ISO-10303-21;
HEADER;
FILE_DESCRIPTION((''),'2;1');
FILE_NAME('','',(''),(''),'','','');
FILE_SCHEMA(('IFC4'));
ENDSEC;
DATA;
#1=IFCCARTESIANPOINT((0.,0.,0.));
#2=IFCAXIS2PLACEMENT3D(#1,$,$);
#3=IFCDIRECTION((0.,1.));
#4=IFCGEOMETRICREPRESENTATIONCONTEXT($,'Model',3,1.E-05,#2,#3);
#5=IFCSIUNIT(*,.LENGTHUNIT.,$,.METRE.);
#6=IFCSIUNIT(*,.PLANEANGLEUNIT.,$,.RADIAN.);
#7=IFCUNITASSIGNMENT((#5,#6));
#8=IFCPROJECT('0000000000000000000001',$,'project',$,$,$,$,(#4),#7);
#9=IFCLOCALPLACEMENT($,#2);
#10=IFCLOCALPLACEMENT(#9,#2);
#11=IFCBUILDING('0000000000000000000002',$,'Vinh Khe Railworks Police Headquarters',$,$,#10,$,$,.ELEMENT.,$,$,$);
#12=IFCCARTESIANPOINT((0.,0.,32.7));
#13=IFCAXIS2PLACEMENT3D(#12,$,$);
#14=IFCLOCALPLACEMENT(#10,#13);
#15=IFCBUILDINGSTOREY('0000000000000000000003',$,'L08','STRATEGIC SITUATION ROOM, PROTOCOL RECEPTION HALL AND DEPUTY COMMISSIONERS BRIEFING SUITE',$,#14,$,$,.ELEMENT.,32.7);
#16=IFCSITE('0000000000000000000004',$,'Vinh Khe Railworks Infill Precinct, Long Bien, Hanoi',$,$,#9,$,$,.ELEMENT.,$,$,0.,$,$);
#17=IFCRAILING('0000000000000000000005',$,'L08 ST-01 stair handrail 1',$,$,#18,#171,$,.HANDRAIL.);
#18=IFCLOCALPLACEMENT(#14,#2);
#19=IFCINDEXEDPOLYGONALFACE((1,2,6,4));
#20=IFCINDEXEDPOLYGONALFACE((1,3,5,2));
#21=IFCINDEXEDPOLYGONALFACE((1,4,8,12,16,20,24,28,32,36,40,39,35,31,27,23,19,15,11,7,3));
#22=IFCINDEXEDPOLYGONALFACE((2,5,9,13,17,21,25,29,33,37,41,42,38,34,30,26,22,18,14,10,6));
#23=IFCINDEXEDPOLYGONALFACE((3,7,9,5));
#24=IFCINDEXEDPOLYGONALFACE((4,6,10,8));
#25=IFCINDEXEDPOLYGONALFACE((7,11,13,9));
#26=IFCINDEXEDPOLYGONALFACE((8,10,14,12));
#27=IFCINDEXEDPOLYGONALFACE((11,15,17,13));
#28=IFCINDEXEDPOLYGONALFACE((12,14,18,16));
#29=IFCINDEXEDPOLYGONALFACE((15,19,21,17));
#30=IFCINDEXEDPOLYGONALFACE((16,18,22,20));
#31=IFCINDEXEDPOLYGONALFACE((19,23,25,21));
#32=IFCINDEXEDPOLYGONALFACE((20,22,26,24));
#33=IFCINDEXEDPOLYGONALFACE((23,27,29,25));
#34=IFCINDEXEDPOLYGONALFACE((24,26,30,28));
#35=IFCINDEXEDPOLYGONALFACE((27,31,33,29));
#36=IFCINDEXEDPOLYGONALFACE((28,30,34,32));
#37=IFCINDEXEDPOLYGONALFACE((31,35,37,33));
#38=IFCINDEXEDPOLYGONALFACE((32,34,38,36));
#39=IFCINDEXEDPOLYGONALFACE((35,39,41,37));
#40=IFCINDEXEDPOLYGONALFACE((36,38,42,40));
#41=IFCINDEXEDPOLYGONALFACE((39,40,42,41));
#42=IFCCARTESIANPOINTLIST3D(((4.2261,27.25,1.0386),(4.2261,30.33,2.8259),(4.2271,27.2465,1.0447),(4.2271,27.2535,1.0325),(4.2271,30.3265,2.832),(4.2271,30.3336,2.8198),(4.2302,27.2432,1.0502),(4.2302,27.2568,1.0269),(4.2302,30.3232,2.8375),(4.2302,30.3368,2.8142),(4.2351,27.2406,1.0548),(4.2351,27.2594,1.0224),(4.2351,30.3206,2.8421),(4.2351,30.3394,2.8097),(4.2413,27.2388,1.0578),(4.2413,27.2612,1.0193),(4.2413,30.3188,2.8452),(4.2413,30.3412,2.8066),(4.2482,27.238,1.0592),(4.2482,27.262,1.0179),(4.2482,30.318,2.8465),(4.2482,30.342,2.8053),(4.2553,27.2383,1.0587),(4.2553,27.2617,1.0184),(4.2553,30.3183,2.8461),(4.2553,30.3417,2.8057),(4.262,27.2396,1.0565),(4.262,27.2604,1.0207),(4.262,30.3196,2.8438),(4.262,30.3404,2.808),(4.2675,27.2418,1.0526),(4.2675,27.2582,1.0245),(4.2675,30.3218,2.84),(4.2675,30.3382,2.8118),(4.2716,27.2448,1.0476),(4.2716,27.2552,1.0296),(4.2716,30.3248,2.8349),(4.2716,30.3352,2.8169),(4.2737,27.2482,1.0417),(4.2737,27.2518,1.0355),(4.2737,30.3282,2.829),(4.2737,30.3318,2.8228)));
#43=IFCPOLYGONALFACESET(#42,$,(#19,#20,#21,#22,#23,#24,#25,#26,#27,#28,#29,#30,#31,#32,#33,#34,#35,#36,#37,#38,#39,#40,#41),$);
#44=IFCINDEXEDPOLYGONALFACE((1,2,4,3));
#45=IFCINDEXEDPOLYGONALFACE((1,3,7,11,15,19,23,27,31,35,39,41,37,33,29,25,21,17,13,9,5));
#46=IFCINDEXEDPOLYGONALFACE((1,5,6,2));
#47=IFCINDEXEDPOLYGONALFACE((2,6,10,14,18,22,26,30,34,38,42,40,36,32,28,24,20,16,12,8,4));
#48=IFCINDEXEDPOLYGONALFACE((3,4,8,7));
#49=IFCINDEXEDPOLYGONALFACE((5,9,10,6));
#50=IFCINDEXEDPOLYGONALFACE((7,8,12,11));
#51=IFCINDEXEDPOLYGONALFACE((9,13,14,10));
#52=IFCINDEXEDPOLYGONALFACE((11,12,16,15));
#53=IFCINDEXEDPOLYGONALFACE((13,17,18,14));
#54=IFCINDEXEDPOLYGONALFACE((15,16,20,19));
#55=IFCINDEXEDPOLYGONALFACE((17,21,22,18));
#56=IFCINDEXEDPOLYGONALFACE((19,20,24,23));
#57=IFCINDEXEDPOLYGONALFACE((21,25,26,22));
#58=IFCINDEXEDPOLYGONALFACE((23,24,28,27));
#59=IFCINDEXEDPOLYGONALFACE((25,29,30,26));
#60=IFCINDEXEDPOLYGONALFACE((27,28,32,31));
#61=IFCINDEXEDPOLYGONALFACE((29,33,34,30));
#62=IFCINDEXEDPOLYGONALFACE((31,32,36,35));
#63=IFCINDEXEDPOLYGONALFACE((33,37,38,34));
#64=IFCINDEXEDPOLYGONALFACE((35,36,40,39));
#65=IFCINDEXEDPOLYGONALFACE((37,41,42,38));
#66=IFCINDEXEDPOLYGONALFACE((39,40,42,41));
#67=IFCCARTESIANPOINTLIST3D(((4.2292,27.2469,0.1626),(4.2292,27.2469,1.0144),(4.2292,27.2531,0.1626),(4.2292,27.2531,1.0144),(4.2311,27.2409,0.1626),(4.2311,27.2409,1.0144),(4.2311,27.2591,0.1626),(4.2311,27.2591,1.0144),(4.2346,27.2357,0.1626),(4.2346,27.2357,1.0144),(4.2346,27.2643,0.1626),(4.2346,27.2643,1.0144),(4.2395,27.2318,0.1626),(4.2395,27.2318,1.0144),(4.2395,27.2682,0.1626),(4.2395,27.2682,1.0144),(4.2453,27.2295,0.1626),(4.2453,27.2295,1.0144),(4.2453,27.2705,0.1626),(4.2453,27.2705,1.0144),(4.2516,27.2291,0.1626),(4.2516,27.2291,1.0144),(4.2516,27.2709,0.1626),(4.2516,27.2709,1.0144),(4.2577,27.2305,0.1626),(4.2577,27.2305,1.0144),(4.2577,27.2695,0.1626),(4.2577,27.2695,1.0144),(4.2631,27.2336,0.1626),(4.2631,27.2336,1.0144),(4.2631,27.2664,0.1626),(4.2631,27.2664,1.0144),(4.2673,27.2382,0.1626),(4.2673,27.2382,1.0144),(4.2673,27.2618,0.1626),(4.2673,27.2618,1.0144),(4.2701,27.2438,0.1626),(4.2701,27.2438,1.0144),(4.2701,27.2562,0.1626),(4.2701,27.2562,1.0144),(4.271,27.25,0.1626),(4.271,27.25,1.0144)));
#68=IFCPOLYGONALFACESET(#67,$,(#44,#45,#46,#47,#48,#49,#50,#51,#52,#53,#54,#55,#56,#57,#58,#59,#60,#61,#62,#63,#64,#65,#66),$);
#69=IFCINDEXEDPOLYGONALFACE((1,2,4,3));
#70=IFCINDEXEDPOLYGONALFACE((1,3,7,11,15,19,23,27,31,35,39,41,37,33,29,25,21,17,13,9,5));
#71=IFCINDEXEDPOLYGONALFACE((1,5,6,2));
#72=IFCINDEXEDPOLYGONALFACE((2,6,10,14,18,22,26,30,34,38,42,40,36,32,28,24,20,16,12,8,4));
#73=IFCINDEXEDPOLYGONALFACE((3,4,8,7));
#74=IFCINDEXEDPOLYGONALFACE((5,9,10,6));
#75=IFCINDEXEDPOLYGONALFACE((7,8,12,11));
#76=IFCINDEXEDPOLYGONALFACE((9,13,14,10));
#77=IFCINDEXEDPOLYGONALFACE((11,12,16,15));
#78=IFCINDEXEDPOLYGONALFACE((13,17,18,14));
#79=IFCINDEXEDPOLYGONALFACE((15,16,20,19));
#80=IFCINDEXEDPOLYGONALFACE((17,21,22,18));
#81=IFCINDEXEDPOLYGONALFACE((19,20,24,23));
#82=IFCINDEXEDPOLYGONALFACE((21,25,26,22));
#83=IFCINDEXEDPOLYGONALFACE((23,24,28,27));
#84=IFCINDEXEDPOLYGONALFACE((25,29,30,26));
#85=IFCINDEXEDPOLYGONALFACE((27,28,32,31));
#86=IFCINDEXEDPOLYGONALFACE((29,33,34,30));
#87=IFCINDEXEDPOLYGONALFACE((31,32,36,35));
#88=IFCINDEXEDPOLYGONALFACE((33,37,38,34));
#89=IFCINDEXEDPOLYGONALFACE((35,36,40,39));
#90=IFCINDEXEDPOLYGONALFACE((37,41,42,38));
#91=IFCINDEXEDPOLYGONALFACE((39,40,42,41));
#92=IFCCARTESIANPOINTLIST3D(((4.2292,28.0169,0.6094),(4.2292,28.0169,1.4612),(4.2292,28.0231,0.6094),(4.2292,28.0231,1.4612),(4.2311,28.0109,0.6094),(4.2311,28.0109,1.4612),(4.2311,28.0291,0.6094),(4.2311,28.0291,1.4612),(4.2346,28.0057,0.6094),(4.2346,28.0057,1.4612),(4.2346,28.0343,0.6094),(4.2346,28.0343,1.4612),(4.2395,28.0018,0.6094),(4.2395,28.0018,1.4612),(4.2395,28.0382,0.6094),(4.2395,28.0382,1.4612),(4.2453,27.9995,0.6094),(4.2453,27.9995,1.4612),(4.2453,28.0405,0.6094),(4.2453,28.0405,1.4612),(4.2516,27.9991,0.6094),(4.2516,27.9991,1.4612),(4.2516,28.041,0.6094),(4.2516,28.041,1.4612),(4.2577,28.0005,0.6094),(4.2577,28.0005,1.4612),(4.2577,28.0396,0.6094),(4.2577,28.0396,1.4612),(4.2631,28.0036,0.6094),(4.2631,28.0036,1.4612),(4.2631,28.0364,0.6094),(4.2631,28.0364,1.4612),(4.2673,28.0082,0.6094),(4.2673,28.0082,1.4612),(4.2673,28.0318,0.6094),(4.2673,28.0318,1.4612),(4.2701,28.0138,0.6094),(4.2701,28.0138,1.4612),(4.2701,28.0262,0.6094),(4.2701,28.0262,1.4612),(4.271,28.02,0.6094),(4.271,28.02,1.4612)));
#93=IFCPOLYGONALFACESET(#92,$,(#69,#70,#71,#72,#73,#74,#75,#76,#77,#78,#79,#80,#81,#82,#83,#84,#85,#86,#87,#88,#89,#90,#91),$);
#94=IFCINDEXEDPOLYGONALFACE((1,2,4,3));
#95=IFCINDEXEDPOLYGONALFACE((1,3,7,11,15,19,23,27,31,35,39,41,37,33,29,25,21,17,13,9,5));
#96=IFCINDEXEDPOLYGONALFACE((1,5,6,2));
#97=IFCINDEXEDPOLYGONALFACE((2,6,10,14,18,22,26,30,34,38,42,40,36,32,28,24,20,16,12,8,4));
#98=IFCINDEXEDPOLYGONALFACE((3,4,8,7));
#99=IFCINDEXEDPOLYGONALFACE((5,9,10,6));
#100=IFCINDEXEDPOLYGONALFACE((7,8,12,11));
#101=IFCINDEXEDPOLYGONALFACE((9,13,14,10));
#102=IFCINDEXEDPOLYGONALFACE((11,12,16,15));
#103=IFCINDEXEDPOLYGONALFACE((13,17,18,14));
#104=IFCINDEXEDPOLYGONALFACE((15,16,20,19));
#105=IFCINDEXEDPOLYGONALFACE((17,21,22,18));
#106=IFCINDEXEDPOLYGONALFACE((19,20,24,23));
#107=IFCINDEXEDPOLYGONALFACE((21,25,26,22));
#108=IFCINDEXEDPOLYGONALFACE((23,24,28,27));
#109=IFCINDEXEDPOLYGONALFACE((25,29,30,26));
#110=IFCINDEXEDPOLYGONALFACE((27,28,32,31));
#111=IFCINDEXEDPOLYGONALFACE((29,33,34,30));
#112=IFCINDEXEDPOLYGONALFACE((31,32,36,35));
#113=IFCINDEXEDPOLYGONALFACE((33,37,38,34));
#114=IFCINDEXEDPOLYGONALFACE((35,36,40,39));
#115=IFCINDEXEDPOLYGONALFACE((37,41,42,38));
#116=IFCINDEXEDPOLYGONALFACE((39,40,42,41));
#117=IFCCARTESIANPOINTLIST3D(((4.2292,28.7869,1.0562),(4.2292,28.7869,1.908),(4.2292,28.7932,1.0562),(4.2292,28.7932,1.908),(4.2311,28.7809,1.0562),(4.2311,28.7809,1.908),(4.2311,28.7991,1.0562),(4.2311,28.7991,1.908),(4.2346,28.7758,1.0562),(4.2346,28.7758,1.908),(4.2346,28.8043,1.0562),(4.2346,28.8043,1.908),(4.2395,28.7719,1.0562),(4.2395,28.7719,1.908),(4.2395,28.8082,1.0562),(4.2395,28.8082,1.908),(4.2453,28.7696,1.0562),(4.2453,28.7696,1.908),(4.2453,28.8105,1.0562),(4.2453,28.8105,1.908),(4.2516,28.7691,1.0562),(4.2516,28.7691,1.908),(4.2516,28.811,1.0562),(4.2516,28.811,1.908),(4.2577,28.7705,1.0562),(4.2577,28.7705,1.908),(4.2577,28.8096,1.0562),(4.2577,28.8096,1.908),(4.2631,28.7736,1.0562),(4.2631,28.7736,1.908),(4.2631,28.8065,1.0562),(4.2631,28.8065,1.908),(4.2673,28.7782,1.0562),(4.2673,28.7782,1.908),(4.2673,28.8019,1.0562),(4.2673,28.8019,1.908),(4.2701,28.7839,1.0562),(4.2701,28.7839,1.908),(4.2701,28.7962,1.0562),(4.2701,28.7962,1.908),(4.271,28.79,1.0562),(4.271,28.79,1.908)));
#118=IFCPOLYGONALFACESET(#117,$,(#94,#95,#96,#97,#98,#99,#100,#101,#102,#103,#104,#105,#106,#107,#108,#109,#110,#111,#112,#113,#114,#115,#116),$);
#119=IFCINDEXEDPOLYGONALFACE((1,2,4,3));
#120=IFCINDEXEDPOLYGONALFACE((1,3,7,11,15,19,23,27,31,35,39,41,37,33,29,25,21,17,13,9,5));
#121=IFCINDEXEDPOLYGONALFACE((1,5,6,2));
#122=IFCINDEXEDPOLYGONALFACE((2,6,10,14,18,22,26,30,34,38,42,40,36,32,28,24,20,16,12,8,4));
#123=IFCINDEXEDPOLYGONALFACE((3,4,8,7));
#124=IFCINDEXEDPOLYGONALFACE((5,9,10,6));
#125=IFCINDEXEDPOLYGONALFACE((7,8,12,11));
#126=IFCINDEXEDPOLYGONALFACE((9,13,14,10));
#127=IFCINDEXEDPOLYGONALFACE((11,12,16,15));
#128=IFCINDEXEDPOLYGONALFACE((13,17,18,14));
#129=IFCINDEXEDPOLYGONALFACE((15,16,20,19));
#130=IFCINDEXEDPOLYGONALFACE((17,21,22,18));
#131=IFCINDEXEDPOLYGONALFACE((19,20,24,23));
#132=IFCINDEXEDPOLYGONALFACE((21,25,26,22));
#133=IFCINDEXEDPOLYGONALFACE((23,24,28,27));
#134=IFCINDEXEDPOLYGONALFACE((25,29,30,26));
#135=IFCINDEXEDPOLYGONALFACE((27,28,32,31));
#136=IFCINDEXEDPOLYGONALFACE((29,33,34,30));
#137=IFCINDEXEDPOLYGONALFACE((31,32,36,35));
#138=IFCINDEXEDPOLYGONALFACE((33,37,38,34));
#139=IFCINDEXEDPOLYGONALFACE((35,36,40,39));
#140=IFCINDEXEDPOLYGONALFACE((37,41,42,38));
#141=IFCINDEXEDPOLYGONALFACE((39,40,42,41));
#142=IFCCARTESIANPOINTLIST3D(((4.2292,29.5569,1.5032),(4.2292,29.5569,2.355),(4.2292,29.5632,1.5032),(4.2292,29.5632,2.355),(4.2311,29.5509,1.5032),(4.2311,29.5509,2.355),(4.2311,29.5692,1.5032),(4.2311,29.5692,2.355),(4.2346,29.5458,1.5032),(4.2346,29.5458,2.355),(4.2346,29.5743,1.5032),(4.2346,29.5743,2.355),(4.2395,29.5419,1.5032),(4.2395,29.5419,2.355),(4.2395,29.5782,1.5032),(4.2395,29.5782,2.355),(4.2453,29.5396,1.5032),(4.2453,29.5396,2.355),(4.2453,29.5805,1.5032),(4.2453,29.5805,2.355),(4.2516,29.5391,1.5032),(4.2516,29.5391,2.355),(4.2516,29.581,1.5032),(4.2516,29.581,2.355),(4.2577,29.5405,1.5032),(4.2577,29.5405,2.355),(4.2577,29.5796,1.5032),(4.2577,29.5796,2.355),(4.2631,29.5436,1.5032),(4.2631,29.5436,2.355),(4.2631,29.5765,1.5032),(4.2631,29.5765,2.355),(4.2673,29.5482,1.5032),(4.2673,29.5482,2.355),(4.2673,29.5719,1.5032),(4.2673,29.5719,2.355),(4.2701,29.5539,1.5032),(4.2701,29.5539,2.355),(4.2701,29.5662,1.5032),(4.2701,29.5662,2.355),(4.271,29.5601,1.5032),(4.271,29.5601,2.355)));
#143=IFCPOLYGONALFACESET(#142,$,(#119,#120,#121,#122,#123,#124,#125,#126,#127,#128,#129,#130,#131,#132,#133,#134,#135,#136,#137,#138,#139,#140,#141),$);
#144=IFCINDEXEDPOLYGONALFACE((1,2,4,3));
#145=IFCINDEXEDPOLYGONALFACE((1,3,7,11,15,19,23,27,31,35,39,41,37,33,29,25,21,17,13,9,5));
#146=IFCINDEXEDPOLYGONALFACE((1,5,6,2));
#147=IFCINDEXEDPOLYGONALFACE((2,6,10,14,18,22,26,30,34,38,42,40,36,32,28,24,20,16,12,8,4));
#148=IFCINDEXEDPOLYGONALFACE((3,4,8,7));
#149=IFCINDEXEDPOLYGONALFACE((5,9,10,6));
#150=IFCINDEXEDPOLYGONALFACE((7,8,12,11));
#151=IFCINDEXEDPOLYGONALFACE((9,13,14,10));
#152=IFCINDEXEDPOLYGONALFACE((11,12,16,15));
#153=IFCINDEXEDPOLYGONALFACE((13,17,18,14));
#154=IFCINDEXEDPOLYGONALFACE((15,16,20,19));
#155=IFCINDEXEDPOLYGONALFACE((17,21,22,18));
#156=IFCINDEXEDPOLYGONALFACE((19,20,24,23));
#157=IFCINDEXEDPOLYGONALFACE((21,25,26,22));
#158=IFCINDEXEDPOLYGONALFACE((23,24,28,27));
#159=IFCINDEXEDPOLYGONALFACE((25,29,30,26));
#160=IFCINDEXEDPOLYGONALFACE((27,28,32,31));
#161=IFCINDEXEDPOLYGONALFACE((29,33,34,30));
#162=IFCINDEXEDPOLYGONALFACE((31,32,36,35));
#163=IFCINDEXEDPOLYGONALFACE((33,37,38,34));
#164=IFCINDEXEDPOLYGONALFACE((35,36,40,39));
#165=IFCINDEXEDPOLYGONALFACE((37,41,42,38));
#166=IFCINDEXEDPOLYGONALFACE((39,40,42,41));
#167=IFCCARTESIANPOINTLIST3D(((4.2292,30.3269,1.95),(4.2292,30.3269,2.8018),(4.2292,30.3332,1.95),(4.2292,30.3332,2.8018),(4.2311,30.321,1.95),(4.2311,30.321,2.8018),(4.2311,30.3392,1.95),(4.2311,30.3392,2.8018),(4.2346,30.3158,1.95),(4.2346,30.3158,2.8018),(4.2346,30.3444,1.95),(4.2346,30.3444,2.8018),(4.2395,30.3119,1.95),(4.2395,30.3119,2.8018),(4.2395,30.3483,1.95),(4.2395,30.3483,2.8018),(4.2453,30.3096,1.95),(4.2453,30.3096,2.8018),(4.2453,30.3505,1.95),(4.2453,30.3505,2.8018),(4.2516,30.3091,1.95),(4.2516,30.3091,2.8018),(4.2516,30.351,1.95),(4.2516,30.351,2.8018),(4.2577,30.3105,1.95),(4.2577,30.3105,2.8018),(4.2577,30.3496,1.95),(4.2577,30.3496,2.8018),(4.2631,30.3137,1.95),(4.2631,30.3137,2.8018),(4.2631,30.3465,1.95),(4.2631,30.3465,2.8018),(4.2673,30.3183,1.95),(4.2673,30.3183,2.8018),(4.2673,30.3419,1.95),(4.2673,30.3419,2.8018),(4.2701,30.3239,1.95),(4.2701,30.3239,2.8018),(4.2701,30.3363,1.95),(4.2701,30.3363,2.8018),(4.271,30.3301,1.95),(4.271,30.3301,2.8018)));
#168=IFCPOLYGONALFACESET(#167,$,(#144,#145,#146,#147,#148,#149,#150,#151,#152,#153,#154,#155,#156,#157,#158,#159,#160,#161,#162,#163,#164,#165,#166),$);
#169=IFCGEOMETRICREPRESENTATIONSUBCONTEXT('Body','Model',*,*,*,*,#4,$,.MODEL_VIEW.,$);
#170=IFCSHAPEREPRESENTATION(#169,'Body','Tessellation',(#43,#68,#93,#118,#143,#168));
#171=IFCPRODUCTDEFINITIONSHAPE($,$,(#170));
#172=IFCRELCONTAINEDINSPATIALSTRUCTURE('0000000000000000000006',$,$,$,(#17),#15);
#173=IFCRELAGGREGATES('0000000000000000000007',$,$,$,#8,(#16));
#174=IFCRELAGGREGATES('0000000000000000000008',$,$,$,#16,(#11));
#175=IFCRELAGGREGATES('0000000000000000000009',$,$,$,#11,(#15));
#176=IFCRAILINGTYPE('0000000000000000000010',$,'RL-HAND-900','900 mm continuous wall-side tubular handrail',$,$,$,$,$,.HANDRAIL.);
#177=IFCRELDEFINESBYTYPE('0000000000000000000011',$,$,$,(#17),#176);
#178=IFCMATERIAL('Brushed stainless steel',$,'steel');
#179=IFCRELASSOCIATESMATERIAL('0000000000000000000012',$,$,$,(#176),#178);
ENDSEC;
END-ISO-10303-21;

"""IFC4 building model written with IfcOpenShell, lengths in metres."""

from ifc_helpers import new_model, si_unit, direction, frame, origin, origin_2d, place, context, subcontext, project, spatial, circle, extrude, material, type_object, element, save


model = new_model("IFC4")

# Units and contexts
model_context = context("Model", 3, precision=1e-05, world=origin(), true_north=direction((0.0, 1.0)))
body_context = subcontext(model_context, "Body", "Model", "MODEL_VIEW")
ifc_project = project(units=[si_unit("LENGTHUNIT", "METRE"), si_unit("PLANEANGLEUNIT", "RADIAN")], contexts=[model_context])

# Site, building, storey
site_placement = place(None, origin())
site = spatial("IfcSite", under=ifc_project, at=site_placement, Name="Vinh Khe Railworks Infill Precinct, Long Bien, Hanoi", CompositionType="ELEMENT", RefElevation=0.0)
building_placement = place(site_placement, origin())
building = spatial("IfcBuilding", under=site, at=building_placement, Name="Vinh Khe Railworks Police Headquarters", CompositionType="ELEMENT")
storey_placement = place(building_placement, frame((0.0, 0.0, 32.7)))
storey = spatial("IfcBuildingStorey", under=building, at=storey_placement, Name="L08", Description="STRATEGIC SITUATION ROOM, PROTOCOL RECEPTION HALL AND DEPUTY COMMISSIONERS BRIEFING SUITE", CompositionType="ELEMENT", Elevation=32.7)

# Railing
ifc_material_1 = material(Name="Brushed stainless steel", Category="steel")
railing_type_1 = type_object("IfcRailingType", Name="RL-HAND-900", Description="900 mm continuous wall-side tubular handrail", PredefinedType="HANDRAIL", material=ifc_material_1)
railing_1_placement = place(storey_placement, frame((4.25, 27.25, 0.1626)))
element("IfcRailing", 1, at=railing_1_placement, inside=storey, type_object=railing_type_1, Name="L08 ST-01 stair handrail 1", PredefinedType="HANDRAIL", context=body_context, shape_type="SweptSolid", body=[
    extrude(circle(Radius=0.0239, at=origin_2d()), frame((0.0, 0.0, 0.876), z_axis=(0.0, 0.86492, 0.501909), x_axis=(-1.0, 0.0, 0.0)), (0.0, 0.0, 1.0), 3.561),
    extrude(circle(Radius=0.021, at=origin_2d()), origin(), (0.0, 0.0, 1.0), 0.8518),
    extrude(circle(Radius=0.021, at=origin_2d()), frame((0.0, 0.77, 0.4468)), (0.0, 0.0, 1.0), 0.8518),
    extrude(circle(Radius=0.021, at=origin_2d()), frame((0.0, 1.54, 0.8936)), (0.0, 0.0, 1.0), 0.8518),
    extrude(circle(Radius=0.021, at=origin_2d()), frame((0.0, 2.3101, 1.3406)), (0.0, 0.0, 1.0), 0.8518),
    extrude(circle(Radius=0.021, at=origin_2d()), frame((0.0, 3.0801, 1.7874)), (0.0, 0.0, 1.0), 0.8518),
])

save(model, "model.ifc")
